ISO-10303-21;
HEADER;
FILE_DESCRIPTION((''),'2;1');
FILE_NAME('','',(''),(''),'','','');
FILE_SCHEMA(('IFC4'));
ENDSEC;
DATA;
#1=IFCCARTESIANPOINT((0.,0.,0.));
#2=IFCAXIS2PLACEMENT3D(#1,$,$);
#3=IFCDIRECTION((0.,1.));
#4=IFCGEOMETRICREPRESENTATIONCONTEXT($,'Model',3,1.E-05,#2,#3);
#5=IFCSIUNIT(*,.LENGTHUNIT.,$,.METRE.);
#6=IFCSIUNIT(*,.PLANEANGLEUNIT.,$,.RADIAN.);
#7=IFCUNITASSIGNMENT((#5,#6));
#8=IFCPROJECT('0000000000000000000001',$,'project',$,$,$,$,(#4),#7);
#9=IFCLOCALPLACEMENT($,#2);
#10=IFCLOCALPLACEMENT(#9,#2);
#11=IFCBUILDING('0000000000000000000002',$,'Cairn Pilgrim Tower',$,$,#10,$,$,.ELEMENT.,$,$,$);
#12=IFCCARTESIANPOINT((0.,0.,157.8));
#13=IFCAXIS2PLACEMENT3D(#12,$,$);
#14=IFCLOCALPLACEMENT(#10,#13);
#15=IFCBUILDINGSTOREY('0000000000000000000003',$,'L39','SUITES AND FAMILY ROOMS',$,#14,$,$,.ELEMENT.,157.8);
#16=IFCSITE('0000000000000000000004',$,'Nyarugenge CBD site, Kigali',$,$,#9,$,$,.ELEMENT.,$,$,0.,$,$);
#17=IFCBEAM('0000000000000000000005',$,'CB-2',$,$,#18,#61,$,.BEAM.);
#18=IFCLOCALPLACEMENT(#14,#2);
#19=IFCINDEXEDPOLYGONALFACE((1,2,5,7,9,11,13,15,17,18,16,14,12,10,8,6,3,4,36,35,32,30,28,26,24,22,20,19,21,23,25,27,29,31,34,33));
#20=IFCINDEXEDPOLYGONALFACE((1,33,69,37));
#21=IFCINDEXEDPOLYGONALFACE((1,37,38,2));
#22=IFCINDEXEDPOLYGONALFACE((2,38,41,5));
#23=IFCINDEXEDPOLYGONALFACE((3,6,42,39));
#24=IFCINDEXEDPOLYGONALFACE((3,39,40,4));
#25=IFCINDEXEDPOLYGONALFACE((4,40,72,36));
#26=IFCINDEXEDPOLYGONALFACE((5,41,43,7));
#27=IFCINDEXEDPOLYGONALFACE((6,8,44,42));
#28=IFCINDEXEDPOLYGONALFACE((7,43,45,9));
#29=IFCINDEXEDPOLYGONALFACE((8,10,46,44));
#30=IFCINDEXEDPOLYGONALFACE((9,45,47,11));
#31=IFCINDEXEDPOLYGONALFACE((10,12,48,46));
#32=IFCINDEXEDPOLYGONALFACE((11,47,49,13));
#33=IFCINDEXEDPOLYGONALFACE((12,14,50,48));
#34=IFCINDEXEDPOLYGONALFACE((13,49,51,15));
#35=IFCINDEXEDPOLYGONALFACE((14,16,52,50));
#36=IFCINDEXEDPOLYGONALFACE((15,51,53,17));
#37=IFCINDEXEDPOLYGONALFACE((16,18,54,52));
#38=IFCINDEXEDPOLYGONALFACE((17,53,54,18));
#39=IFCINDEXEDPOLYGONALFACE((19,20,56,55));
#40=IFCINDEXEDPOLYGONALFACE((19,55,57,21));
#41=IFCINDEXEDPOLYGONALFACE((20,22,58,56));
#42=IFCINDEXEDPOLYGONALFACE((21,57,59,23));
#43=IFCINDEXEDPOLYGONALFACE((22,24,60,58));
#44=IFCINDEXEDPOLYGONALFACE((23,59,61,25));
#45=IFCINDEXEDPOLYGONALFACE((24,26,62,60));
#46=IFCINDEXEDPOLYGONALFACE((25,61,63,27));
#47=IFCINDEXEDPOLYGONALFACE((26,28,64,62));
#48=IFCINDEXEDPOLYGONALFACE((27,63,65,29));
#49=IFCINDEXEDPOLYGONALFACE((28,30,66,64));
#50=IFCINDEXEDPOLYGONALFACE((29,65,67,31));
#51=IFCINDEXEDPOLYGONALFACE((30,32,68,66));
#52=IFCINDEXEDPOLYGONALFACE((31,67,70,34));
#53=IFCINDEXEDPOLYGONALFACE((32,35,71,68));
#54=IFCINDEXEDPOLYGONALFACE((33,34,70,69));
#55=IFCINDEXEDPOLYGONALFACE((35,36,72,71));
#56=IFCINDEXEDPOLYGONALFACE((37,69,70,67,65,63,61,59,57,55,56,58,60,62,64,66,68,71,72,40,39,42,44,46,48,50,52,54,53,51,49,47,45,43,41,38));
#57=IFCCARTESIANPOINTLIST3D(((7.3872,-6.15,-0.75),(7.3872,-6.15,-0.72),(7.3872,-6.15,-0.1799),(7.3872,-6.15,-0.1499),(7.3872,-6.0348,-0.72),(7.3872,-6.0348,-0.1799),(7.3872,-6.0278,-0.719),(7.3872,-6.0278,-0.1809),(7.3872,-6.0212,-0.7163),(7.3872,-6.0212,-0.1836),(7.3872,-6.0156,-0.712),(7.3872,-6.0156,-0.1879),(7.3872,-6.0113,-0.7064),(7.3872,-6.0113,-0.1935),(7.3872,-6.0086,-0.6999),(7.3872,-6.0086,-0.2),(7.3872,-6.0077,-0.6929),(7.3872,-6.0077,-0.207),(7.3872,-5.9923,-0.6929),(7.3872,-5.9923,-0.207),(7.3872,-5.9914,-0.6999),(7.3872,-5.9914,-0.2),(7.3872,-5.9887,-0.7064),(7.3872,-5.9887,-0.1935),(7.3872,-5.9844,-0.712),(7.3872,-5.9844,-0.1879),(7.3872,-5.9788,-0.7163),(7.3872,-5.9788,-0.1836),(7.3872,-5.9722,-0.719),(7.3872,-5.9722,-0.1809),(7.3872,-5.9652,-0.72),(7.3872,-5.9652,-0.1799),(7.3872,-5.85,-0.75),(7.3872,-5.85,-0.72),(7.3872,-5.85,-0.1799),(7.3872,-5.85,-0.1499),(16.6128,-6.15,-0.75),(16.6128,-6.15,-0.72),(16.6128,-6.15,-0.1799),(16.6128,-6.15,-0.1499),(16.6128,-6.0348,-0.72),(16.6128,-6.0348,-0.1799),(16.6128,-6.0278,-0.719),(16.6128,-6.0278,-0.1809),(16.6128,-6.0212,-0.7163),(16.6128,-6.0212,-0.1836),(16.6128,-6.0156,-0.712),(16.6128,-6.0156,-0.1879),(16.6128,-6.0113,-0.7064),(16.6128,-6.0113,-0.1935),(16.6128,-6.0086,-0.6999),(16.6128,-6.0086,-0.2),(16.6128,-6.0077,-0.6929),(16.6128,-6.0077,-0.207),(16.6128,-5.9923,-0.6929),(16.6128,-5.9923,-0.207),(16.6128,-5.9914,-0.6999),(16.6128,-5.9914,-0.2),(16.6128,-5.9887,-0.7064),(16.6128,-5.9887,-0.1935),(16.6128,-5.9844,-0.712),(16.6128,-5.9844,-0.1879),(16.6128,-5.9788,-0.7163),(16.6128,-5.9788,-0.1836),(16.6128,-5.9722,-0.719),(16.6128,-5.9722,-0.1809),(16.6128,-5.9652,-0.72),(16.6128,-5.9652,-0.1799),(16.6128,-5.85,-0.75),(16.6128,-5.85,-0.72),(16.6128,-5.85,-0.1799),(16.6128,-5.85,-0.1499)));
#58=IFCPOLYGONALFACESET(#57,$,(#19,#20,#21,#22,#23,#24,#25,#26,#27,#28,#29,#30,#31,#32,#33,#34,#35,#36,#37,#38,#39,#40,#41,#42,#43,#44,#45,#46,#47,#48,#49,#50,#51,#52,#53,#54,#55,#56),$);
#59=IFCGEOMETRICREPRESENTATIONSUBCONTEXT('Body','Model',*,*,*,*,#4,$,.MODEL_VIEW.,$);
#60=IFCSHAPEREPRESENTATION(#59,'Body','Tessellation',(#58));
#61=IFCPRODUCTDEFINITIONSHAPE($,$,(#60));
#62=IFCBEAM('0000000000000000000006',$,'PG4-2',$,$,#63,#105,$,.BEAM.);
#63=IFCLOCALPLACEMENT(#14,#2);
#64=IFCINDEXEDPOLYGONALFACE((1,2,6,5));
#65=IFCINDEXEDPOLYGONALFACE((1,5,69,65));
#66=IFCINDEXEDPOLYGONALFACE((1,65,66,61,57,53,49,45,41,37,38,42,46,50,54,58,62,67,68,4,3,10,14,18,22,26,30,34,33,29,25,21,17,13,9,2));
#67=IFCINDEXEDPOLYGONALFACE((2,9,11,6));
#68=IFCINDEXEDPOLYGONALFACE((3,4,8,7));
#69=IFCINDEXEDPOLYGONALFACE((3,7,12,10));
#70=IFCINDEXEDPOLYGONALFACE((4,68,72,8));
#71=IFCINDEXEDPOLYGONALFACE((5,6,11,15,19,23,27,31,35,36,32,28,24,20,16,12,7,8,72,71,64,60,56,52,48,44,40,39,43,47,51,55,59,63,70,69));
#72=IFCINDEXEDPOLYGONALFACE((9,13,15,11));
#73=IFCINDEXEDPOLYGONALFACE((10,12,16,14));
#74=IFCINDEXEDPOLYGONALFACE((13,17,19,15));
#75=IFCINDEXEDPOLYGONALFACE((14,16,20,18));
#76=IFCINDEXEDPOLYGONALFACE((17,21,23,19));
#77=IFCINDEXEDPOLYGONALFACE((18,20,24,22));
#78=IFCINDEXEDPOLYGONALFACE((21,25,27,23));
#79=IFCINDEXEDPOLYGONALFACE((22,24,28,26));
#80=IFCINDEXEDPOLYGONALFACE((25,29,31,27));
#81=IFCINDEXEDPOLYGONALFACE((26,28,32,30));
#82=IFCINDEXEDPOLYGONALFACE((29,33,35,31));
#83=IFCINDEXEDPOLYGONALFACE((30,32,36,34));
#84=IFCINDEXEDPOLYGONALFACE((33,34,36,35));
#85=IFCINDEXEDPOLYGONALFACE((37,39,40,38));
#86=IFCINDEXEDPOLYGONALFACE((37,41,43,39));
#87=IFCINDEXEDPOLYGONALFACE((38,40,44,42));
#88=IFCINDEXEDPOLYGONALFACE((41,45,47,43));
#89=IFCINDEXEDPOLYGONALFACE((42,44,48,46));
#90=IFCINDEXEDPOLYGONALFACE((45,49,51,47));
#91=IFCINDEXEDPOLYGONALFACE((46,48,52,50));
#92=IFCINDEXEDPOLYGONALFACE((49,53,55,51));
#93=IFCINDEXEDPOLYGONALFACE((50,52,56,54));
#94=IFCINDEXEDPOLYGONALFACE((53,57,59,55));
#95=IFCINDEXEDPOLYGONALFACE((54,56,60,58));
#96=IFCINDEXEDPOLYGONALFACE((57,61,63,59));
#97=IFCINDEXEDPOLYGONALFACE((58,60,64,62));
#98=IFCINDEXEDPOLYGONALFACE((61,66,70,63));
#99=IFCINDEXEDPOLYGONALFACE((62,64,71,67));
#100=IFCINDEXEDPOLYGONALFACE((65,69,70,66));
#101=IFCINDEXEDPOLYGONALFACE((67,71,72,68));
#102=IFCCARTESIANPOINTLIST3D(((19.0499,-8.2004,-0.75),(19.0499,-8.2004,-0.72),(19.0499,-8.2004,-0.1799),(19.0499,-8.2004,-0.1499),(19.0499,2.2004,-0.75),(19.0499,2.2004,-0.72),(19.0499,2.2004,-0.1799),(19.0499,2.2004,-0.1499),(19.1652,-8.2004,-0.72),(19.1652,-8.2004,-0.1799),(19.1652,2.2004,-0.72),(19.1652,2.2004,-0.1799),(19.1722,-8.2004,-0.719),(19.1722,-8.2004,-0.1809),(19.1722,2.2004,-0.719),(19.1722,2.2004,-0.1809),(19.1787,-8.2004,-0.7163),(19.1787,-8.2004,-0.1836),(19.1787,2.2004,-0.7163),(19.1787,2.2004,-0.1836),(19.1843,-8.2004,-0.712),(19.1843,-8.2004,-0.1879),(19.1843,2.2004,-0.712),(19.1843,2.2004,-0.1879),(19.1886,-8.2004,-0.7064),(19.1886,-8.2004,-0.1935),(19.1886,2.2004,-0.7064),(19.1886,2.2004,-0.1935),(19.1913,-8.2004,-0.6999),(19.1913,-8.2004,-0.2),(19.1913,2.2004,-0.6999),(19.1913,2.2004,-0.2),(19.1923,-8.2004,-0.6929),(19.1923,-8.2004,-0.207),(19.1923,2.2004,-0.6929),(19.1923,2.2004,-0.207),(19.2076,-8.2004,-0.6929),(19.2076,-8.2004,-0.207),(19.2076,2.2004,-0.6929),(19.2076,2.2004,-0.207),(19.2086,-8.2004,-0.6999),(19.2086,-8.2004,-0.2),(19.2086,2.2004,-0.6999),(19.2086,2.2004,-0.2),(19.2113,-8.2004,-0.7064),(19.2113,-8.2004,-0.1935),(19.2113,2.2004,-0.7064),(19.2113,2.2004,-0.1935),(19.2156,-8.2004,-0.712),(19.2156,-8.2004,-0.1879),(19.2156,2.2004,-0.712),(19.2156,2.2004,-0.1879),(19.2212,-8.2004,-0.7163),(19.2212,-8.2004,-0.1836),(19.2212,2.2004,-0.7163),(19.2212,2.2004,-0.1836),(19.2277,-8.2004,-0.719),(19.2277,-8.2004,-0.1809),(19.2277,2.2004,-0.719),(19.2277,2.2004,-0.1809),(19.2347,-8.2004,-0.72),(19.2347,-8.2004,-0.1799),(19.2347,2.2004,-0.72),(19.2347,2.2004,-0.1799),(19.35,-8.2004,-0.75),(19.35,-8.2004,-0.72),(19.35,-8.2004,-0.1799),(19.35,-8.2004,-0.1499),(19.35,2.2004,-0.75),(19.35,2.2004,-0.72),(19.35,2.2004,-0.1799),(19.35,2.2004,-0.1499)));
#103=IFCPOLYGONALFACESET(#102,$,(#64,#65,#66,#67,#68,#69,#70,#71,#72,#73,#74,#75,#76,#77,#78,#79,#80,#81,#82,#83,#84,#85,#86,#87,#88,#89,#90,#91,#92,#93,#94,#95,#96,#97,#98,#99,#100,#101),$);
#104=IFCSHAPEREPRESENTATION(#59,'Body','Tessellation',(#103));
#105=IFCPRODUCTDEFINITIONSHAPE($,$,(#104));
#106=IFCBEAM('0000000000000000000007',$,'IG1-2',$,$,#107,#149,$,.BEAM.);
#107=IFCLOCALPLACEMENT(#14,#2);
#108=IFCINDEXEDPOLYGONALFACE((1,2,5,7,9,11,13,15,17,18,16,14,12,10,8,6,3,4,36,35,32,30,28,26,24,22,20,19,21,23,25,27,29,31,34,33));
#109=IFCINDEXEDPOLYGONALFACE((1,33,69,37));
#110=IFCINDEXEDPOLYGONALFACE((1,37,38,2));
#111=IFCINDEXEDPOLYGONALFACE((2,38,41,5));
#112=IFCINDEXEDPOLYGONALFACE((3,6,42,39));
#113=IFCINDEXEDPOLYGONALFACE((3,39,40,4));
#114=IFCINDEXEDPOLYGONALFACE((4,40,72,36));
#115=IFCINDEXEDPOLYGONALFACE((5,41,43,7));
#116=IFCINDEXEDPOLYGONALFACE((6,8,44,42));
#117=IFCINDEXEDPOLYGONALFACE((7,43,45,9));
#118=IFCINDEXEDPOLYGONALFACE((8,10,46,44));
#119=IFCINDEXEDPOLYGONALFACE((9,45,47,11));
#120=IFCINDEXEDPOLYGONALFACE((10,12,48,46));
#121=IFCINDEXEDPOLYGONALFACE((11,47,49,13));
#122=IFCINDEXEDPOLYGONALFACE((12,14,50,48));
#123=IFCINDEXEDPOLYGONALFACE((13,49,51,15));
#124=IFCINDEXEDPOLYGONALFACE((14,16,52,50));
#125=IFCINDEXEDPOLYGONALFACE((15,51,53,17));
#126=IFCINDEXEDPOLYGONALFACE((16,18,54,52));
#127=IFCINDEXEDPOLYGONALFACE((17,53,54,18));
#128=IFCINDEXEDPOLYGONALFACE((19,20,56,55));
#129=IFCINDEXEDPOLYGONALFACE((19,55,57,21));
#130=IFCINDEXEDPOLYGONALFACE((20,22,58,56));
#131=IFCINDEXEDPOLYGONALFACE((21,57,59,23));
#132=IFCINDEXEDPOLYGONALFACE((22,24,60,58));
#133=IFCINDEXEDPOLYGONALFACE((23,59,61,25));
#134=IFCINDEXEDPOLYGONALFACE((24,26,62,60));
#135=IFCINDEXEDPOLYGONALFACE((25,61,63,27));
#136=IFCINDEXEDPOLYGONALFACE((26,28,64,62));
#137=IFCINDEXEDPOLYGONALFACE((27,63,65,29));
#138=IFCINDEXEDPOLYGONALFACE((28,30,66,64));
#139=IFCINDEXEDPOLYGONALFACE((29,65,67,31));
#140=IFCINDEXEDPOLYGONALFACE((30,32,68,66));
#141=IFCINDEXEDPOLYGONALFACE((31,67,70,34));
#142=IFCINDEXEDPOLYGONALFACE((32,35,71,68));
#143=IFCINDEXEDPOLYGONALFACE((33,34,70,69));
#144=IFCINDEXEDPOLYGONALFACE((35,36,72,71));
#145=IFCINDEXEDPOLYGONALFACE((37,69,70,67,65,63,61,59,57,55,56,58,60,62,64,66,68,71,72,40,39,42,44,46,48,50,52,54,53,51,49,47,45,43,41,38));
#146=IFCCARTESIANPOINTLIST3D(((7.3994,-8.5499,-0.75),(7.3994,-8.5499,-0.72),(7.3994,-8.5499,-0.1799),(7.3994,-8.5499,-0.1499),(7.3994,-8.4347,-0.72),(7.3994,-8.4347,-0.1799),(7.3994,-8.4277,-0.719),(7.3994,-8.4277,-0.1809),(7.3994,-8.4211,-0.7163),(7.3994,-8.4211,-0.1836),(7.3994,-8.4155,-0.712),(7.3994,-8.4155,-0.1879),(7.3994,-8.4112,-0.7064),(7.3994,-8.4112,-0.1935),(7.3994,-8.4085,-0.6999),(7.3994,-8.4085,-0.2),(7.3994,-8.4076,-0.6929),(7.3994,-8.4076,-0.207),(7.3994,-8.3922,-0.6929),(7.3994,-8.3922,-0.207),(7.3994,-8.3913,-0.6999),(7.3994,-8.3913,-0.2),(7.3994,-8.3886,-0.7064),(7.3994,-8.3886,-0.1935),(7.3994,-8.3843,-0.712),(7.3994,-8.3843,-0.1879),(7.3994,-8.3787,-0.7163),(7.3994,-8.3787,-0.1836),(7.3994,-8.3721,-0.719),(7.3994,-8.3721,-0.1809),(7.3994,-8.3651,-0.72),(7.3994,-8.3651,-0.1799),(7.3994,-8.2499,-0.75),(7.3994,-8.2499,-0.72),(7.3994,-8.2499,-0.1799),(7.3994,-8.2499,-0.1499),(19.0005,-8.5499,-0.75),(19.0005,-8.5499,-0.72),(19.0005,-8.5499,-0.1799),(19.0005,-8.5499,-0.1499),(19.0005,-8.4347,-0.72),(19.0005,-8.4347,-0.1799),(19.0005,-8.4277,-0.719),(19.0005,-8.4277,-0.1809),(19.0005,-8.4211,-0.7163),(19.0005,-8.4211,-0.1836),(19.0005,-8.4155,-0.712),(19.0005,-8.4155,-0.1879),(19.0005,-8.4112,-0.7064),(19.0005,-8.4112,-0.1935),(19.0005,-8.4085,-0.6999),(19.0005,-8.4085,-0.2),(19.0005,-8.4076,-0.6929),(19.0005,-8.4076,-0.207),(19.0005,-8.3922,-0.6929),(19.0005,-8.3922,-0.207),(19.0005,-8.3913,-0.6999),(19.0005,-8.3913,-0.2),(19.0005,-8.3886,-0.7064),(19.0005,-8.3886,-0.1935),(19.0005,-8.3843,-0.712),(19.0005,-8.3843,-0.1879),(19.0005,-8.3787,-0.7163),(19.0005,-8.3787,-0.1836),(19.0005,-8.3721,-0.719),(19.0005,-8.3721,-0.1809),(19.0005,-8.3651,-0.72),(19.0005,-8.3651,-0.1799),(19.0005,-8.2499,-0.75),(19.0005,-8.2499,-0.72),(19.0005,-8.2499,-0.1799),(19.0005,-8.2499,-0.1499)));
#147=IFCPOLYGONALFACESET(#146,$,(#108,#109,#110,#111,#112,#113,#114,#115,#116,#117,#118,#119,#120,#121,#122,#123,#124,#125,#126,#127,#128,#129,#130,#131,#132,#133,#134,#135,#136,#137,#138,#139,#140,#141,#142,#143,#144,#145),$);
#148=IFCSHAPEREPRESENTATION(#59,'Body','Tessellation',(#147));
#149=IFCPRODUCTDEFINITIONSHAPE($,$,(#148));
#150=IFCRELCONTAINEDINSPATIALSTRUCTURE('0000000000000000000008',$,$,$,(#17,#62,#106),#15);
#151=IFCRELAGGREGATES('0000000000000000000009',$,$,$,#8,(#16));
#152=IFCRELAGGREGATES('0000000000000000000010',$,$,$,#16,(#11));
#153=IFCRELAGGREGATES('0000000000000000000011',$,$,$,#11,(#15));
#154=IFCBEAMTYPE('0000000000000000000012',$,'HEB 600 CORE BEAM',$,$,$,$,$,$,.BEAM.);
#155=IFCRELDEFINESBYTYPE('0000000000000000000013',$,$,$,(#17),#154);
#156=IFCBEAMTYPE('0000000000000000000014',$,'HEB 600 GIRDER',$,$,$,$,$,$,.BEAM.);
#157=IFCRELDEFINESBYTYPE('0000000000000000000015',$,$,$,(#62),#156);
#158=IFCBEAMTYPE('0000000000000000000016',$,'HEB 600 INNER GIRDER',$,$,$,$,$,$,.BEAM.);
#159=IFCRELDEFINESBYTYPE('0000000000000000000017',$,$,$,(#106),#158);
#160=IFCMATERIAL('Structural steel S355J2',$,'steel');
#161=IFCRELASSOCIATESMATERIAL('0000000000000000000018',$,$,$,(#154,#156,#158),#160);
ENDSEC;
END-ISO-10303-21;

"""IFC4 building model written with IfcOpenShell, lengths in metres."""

from ifc_helpers import new_model, si_unit, direction, frame, origin, origin_2d, place, context, subcontext, project, spatial, i_section, extrude, material, material_profile, profile_set, type_object, element, save


model = new_model("IFC4")

# Units and contexts
model_context = context("Model", 3, precision=1e-05, world=origin(), true_north=direction((0.0, 1.0)))
body_context = subcontext(model_context, "Body", "Model", "MODEL_VIEW")
ifc_project = project(units=[si_unit("LENGTHUNIT", "METRE"), si_unit("PLANEANGLEUNIT", "RADIAN")], contexts=[model_context])

# Site, building, storey
site_placement = place(None, origin())
site = spatial("IfcSite", under=ifc_project, at=site_placement, Name="Nyarugenge CBD site, Kigali", CompositionType="ELEMENT", RefElevation=0.0)
building_placement = place(site_placement, origin())
building = spatial("IfcBuilding", under=site, at=building_placement, Name="Cairn Pilgrim Tower", CompositionType="ELEMENT")
storey_placement = place(building_placement, frame((0.0, 0.0, 157.8)))
storey = spatial("IfcBuildingStorey", under=building, at=storey_placement, Name="L39", Description="SUITES AND FAMILY ROOMS", CompositionType="ELEMENT", Elevation=157.8)

# Shared definitions
ifc_material_1 = material(Name="Structural steel S355J2", Category="steel")

# Beams
ifc_material_profile_1 = material_profile(ifc_material_1, i_section(OverallWidth=0.3, OverallDepth=0.6001, WebThickness=0.0154, FlangeThickness=0.03, FilletRadius=0.0271, at=origin_2d()), Name="HEB 600")
ifc_profile_set_1 = profile_set([ifc_material_profile_1], Name="Structural steel S355J2")
beam_type_1 = type_object("IfcBeamType", Name="HEB 600 CORE BEAM", PredefinedType="BEAM", material=ifc_profile_set_1)
beam_1_placement = place(storey_placement, frame((7.3872, -6.0, -0.45), z_axis=(1.0, 0.0, 0.0), x_axis=(0.0, 1.0, 0.0)))
element("IfcBeam", 1, at=beam_1_placement, inside=storey, type_object=beam_type_1, Name="CB-2", PredefinedType="BEAM", context=body_context, shape_type="SweptSolid", body=[
    extrude(i_section(OverallWidth=0.3, OverallDepth=0.6001, WebThickness=0.0154, FlangeThickness=0.03, FilletRadius=0.0271, at=origin_2d()), origin(), (0.0, 0.0, 1.0), 9.2256),
])
ifc_material_profile_2 = material_profile(ifc_material_1, i_section(OverallWidth=0.3, OverallDepth=0.6001, WebThickness=0.0154, FlangeThickness=0.03, FilletRadius=0.0271, at=origin_2d()), Name="HEB 600")
ifc_profile_set_2 = profile_set([ifc_material_profile_2], Name="Structural steel S355J2")
beam_type_2 = type_object("IfcBeamType", Name="HEB 600 GIRDER", PredefinedType="BEAM", material=ifc_profile_set_2)
beam_2_placement = place(storey_placement, frame((19.2, -8.2004, -0.45), z_axis=(0.0, 1.0, 0.0), x_axis=(-1.0, 0.0, 0.0)))
element("IfcBeam", 2, at=beam_2_placement, inside=storey, type_object=beam_type_2, Name="PG4-2", PredefinedType="BEAM", context=body_context, shape_type="SweptSolid", body=[
    extrude(i_section(OverallWidth=0.3, OverallDepth=0.6001, WebThickness=0.0154, FlangeThickness=0.03, FilletRadius=0.0271, at=origin_2d()), origin(), (0.0, 0.0, 1.0), 10.4009),
])
ifc_material_profile_3 = material_profile(ifc_material_1, i_section(OverallWidth=0.3, OverallDepth=0.6001, WebThickness=0.0154, FlangeThickness=0.03, FilletRadius=0.0271, at=origin_2d()), Name="HEB 600")
ifc_profile_set_3 = profile_set([ifc_material_profile_3], Name="Structural steel S355J2")
beam_type_3 = type_object("IfcBeamType", Name="HEB 600 INNER GIRDER", PredefinedType="BEAM", material=ifc_profile_set_3)
beam_3_placement = place(storey_placement, frame((7.3994, -8.3999, -0.45), z_axis=(1.0, 0.0, 0.0), x_axis=(0.0, 1.0, 0.0)))
element("IfcBeam", 3, at=beam_3_placement, inside=storey, type_object=beam_type_3, Name="IG1-2", PredefinedType="BEAM", context=body_context, shape_type="SweptSolid", body=[
    extrude(i_section(OverallWidth=0.3, OverallDepth=0.6001, WebThickness=0.0154, FlangeThickness=0.03, FilletRadius=0.0271, at=origin_2d()), origin(), (0.0, 0.0, 1.0), 11.6011),
])

save(model, "model.ifc")
